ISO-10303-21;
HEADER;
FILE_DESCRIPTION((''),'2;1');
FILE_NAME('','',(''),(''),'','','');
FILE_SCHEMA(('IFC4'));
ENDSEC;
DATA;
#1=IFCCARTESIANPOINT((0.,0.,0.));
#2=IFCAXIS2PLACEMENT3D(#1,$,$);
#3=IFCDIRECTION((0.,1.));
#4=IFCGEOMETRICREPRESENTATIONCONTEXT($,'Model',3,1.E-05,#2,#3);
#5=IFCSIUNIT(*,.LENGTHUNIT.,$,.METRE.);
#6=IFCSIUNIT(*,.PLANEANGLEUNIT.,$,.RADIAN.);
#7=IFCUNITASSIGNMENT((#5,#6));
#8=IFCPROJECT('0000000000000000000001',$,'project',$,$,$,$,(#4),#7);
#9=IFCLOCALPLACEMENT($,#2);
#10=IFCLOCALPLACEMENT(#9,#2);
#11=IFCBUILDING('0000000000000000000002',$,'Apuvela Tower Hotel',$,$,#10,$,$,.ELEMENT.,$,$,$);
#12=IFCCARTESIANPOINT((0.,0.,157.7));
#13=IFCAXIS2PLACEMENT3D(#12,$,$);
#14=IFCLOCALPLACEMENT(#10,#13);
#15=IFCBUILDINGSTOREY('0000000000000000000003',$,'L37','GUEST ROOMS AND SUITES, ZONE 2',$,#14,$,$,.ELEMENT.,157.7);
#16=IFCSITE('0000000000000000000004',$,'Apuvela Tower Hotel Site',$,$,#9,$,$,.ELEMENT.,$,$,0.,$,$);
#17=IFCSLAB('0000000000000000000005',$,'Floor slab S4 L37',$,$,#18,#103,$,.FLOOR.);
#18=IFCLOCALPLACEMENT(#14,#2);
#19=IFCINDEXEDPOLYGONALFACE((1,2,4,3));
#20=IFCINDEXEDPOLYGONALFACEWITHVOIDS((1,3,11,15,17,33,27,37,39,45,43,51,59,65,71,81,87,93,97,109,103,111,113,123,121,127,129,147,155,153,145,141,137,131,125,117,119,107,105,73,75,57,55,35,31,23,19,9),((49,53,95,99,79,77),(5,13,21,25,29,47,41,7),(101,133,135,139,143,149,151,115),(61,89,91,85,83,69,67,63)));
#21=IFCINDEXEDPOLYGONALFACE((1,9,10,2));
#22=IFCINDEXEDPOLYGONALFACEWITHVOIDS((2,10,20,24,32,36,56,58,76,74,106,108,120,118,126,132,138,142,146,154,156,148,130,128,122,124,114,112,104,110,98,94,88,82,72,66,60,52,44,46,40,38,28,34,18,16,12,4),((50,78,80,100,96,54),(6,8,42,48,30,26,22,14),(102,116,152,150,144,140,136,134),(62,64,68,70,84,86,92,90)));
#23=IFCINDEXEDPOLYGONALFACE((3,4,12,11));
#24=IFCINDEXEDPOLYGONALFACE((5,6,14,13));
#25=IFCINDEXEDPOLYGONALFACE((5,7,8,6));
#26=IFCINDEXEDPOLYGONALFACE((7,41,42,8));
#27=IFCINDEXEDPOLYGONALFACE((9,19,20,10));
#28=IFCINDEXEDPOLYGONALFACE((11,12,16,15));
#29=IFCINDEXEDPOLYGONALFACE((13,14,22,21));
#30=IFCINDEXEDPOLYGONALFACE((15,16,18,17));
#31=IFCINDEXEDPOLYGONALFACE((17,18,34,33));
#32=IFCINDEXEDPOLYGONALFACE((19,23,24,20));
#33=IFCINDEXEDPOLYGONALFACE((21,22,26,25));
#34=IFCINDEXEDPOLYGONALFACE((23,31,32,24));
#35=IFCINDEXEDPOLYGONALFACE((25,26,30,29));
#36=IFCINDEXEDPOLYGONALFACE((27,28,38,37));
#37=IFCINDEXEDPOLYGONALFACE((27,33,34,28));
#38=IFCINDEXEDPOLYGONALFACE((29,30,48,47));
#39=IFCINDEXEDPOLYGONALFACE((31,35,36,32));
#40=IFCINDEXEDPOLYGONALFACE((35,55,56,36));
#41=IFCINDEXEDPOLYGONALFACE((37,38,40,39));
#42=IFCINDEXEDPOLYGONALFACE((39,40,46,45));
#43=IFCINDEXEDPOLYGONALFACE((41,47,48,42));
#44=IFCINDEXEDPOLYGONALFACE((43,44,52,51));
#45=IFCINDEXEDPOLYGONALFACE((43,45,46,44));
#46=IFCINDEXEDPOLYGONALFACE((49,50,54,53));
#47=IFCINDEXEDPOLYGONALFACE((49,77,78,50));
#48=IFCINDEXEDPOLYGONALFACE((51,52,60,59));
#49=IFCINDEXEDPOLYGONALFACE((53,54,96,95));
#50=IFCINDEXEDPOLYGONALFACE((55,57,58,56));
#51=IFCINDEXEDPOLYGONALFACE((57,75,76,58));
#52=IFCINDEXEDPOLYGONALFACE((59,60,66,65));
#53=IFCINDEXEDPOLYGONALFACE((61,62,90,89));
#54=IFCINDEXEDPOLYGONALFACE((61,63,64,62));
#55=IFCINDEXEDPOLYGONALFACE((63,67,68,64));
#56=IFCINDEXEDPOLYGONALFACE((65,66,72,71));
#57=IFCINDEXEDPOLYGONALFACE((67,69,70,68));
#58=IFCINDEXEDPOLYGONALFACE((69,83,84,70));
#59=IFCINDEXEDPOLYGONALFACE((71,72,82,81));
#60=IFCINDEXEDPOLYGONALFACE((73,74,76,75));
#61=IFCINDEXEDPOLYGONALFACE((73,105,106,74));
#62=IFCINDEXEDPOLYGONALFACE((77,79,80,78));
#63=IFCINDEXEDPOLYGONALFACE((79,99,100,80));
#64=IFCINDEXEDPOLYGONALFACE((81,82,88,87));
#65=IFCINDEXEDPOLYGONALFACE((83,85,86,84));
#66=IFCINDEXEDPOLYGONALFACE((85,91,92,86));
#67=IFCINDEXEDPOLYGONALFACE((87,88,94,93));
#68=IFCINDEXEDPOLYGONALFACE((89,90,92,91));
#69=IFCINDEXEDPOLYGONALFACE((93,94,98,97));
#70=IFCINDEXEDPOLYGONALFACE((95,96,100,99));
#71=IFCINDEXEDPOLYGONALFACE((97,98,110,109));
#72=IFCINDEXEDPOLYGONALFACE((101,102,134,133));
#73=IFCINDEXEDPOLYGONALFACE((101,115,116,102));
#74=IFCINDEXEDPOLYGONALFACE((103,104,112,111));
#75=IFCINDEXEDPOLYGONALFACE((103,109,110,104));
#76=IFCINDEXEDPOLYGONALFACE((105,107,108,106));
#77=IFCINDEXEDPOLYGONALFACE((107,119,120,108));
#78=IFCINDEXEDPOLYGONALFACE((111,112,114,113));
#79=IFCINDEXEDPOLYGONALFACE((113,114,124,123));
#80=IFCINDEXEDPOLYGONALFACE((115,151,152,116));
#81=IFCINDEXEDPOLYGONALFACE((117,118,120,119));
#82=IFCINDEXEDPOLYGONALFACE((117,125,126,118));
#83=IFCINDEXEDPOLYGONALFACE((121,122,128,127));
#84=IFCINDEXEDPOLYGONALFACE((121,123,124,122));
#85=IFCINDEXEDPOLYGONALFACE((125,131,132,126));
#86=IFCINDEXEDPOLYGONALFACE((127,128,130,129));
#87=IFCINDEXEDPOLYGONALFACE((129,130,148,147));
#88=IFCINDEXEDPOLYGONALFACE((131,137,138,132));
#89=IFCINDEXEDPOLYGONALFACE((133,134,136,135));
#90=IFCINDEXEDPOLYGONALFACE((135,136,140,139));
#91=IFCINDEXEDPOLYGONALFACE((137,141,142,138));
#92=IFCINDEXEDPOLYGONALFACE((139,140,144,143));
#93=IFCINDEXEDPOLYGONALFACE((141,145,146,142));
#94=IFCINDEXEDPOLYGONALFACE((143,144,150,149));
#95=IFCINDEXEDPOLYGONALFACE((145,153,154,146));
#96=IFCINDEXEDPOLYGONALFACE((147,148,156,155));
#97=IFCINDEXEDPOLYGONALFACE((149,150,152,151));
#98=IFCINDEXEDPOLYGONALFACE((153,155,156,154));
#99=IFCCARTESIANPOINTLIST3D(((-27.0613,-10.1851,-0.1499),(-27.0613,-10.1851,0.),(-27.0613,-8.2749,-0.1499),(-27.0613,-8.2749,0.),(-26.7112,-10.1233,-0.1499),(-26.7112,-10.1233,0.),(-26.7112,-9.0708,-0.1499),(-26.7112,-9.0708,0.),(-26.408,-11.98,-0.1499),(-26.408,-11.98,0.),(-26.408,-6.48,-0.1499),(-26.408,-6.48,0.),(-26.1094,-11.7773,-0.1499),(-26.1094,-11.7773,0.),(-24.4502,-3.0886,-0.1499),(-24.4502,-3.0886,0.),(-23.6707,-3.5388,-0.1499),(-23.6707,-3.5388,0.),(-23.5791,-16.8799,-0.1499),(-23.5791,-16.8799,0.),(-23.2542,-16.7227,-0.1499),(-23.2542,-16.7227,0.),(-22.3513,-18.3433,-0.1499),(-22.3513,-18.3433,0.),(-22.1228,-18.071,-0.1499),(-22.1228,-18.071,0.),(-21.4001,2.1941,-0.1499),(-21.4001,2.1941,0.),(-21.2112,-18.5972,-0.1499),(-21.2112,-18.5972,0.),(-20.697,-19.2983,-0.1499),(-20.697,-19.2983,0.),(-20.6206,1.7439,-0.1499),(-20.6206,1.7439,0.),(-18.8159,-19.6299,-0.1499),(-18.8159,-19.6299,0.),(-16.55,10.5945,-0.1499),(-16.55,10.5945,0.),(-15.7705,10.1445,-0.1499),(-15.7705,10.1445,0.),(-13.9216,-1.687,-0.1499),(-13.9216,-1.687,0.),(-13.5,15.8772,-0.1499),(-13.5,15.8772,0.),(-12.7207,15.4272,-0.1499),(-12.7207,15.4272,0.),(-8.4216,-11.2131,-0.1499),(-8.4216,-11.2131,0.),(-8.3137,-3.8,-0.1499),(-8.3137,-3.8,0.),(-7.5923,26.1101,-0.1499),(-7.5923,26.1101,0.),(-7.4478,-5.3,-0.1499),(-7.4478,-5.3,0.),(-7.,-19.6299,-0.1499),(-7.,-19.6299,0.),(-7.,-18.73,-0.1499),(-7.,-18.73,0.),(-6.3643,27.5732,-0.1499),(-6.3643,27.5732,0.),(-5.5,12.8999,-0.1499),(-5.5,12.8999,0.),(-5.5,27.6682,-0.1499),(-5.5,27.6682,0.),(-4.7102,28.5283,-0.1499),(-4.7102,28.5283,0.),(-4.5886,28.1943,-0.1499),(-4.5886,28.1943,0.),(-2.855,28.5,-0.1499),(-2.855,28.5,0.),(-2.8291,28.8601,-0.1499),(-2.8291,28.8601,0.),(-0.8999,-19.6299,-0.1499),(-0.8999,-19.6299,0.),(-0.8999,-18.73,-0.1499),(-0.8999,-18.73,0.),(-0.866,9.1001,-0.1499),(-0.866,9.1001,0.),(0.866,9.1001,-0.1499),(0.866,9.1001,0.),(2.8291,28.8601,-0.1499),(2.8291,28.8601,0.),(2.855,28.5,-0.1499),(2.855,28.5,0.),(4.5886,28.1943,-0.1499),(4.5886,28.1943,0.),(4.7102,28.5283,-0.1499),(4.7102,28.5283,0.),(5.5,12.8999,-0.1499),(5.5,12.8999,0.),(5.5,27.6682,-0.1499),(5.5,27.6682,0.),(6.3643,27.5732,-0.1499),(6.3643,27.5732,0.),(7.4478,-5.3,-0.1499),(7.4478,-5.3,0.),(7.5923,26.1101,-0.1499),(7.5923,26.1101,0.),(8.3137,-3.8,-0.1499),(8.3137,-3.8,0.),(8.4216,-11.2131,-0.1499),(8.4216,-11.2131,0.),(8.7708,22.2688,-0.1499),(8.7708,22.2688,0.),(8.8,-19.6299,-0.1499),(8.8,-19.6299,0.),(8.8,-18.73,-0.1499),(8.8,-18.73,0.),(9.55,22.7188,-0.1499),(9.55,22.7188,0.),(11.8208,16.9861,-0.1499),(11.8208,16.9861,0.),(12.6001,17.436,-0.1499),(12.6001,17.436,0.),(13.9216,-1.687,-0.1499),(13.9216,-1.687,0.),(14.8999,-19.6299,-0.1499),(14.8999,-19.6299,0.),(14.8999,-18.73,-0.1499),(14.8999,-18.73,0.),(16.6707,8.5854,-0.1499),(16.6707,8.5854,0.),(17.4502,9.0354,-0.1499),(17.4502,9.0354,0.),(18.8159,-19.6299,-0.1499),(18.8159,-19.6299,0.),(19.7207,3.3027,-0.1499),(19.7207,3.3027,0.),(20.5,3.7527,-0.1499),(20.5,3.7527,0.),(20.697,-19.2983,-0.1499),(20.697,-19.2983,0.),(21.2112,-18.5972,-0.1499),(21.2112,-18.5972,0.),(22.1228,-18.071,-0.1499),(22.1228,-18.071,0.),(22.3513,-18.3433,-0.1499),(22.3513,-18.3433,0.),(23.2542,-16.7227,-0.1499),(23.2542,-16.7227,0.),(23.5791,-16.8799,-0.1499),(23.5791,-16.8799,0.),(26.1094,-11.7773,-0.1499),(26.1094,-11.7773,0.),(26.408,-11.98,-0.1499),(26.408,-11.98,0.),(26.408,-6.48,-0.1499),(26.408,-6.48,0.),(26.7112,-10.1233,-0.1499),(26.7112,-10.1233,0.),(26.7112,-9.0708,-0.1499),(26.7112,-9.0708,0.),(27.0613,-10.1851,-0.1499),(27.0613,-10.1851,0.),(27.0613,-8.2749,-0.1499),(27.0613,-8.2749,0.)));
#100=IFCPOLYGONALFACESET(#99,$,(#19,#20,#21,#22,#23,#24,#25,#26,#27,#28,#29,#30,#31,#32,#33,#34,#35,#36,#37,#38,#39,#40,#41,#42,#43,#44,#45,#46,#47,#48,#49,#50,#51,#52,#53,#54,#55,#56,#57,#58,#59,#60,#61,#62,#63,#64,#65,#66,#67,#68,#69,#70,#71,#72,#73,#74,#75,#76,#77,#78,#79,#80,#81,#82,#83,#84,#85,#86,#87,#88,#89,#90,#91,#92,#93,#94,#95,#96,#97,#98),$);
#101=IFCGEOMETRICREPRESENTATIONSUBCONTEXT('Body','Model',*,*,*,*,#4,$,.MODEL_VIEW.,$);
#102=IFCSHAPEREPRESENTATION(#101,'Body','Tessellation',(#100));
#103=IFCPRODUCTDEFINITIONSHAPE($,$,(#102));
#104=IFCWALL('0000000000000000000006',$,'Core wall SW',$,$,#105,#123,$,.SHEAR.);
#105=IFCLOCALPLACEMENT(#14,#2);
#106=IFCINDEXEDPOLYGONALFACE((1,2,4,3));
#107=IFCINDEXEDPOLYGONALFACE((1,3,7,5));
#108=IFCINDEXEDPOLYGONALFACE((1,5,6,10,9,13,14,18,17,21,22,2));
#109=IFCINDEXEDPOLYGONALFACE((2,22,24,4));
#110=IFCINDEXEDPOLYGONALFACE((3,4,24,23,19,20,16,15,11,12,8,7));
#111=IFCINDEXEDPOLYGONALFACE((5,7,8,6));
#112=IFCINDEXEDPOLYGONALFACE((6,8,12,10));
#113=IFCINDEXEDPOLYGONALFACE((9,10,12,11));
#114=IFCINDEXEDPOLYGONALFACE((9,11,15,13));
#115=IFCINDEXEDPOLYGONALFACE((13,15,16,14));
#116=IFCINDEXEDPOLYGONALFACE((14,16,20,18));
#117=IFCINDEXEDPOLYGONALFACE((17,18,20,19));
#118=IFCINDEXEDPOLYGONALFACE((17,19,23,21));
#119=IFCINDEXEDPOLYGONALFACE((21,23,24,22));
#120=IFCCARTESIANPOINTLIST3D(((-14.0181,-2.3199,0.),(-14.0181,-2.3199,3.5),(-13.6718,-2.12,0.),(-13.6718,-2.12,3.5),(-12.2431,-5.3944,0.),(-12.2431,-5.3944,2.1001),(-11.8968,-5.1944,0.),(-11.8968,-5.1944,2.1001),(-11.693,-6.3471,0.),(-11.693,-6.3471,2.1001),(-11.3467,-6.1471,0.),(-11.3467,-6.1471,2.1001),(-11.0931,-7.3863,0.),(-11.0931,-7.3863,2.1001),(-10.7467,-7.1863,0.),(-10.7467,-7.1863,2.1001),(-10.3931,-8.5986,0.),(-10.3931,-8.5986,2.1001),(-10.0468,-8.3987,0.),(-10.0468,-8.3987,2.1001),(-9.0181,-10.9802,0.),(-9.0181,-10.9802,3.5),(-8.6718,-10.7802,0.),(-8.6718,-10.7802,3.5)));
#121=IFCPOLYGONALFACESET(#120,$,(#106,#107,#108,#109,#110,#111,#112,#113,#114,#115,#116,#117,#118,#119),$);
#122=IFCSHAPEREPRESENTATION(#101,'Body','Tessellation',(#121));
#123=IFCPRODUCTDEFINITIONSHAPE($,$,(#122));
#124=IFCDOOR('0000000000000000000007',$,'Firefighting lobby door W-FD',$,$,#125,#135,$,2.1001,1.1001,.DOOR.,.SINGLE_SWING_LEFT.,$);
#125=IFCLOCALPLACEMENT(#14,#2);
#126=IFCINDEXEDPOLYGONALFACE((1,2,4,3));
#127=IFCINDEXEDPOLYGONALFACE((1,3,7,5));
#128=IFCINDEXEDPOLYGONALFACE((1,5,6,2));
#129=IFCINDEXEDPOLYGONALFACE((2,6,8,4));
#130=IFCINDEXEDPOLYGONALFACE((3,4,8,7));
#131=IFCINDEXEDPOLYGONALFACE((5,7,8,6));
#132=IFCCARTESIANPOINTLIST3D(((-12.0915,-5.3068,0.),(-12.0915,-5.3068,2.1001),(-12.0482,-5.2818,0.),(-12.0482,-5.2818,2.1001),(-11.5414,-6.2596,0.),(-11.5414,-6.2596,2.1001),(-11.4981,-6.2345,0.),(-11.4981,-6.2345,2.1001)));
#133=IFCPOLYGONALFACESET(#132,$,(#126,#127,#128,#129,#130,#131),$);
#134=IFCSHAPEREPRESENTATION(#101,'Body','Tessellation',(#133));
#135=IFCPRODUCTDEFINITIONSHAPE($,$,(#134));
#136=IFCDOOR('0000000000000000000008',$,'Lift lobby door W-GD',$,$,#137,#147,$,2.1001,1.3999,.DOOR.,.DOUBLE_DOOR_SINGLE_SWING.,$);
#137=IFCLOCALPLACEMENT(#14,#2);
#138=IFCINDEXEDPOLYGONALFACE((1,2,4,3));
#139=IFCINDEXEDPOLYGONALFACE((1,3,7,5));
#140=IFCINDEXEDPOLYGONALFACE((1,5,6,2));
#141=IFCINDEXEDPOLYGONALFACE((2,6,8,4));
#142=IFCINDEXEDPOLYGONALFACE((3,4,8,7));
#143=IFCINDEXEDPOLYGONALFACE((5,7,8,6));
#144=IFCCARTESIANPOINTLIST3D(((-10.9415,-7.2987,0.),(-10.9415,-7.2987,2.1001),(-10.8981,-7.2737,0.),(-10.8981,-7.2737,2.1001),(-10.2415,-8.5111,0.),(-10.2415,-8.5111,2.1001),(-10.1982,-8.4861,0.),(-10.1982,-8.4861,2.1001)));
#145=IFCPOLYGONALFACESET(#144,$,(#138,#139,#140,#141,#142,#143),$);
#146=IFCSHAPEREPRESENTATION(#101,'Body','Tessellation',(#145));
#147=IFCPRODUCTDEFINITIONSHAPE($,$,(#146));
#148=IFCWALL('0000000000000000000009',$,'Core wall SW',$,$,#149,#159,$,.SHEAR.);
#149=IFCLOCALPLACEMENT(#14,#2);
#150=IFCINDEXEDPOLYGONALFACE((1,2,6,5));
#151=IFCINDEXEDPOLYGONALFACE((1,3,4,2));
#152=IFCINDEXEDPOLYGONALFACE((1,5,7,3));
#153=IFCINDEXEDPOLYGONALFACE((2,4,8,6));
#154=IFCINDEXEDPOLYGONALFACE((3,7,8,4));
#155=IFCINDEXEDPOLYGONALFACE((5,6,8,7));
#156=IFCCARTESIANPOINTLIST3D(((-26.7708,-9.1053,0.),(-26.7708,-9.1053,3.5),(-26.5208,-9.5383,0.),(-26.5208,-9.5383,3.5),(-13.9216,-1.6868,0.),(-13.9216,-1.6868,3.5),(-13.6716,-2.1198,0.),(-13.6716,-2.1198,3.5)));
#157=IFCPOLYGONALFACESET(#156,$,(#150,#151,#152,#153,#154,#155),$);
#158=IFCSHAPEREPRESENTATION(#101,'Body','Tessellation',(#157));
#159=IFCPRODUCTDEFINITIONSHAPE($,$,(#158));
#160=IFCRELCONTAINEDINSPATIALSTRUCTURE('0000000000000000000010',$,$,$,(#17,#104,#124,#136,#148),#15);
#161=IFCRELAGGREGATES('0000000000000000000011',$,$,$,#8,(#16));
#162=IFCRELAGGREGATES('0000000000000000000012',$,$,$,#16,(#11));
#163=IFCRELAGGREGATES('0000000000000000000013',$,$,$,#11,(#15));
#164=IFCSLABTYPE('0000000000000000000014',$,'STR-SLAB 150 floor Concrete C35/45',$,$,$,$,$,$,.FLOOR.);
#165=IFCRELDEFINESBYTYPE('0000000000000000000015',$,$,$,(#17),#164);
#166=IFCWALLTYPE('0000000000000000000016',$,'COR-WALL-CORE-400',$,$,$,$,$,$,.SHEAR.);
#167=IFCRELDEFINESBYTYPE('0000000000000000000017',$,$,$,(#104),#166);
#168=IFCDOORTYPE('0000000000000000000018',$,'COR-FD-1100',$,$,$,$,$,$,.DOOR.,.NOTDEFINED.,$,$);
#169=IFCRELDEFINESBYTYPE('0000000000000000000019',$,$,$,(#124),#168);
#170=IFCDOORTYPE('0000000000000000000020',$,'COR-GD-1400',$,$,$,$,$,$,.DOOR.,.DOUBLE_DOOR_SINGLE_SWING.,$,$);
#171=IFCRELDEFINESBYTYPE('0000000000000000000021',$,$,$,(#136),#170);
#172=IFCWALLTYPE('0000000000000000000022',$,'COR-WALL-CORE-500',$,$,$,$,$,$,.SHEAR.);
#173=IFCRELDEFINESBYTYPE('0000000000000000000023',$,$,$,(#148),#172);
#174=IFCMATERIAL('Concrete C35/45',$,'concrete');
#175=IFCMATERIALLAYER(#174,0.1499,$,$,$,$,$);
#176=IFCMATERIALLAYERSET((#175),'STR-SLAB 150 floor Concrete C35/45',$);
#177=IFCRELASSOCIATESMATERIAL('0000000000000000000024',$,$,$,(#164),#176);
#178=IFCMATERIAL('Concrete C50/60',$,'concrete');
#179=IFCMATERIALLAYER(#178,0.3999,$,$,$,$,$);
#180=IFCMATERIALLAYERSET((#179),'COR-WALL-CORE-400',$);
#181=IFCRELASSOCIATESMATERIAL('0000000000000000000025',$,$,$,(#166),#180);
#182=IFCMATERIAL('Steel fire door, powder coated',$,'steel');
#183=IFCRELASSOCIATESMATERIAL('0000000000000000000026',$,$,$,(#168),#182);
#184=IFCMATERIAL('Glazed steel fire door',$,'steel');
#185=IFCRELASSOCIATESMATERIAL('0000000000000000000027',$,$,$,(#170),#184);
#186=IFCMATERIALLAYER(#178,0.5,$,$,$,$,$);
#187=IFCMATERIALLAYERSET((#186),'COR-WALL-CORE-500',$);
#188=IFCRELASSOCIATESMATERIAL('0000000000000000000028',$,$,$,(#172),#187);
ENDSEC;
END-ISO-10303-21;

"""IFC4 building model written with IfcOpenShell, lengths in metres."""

from ifc_helpers import new_model, si_unit, direction, frame, frame_2d, origin, place, context, subcontext, project, spatial, polyline, rectangle, outline, extrude, material, layer, layer_set, type_object, element, fill, save


model = new_model("IFC4")

# Units and contexts
model_context = context("Model", 3, precision=1e-05, world=origin(), true_north=direction((0.0, 1.0)))
body_context = subcontext(model_context, "Body", "Model", "MODEL_VIEW")
ifc_project = project(units=[si_unit("LENGTHUNIT", "METRE"), si_unit("PLANEANGLEUNIT", "RADIAN")], contexts=[model_context])

# Site, building, storey
site_placement = place(None, origin())
site = spatial("IfcSite", under=ifc_project, at=site_placement, Name="Apuvela Tower Hotel Site", CompositionType="ELEMENT", RefElevation=0.0)
building_placement = place(site_placement, origin())
building = spatial("IfcBuilding", under=site, at=building_placement, Name="Apuvela Tower Hotel", CompositionType="ELEMENT")
storey_placement = place(building_placement, frame((0.0, 0.0, 157.7)))
storey = spatial("IfcBuildingStorey", under=building, at=storey_placement, Name="L37", Description="GUEST ROOMS AND SUITES, ZONE 2", CompositionType="ELEMENT", Elevation=157.7)

# Slab
ifc_material_1 = material(Name="Concrete C50/60", Category="concrete")
ifc_material_2 = material(Name="Concrete C35/45", Category="concrete")
ifc_layer_1 = layer(ifc_material_2, 0.1499)
ifc_layer_set_1 = layer_set([ifc_layer_1], Name="STR-SLAB 150 floor Concrete C35/45")
slab_type_1 = type_object("IfcSlabType", Name="STR-SLAB 150 floor Concrete C35/45", PredefinedType="FLOOR", material=ifc_layer_set_1)
slab_1_placement = place(storey_placement, frame((0.0, 0.0, -0.1499)))
element("IfcSlab", 1, at=slab_1_placement, inside=storey, type_object=slab_type_1, Name="Floor slab S4 L37", PredefinedType="FLOOR", context=body_context, shape_type="SweptSolid", body=[
    extrude(outline(polyline([(-6.3643, 27.5732), (-4.7102, 28.5283), (-2.8291, 28.8601), (2.8291, 28.8601), (4.7102, 28.5283), (6.3643, 27.5732), (7.5923, 26.1101), (9.55, 22.7188), (8.7708, 22.2688), (11.8208, 16.9861), (12.6001, 17.436), (17.4502, 9.0354), (16.6707, 8.5854), (19.7207, 3.3027), (20.5, 3.7527), (26.408, -6.48), (27.0613, -8.2749), (27.0613, -10.1851), (26.408, -11.98), (23.5791, -16.8799), (22.3513, -18.3433), (20.697, -19.2983), (18.8159, -19.6299), (14.8999, -19.6299), (14.8999, -18.73), (8.8, -18.73), (8.8, -19.6299), (-0.8999, -19.6299), (-0.8999, -18.73), (-7.0, -18.73), (-7.0, -19.6299), (-18.8159, -19.6299), (-20.697, -19.2983), (-22.3513, -18.3433), (-23.5791, -16.8799), (-26.408, -11.98), (-27.0613, -10.1851), (-27.0613, -8.2749), (-26.408, -6.48), (-24.4502, -3.0886), (-23.6707, -3.5388), (-20.6206, 1.7439), (-21.4001, 2.1941), (-16.55, 10.5945), (-15.7705, 10.1445), (-12.7207, 15.4272), (-13.5, 15.8772), (-7.5923, 26.1101), (-6.3643, 27.5732)]), holes=[polyline([(0.866, 9.1001), (-0.866, 9.1001), (-8.3137, -3.8), (-7.4478, -5.3), (7.4478, -5.3), (8.3137, -3.8), (0.866, 9.1001)]), polyline([(-5.5, 12.8999), (-5.5, 27.6682), (-4.5886, 28.1943), (-2.855, 28.5), (2.855, 28.5), (4.5886, 28.1943), (5.5, 27.6682), (5.5, 12.8999), (-5.5, 12.8999)]), polyline([(-8.4216, -11.2131), (-21.2112, -18.5972), (-22.1228, -18.071), (-23.2542, -16.7227), (-26.1094, -11.7773), (-26.7112, -10.1233), (-26.7112, -9.0708), (-13.9216, -1.687), (-8.4216, -11.2131)]), polyline([(13.9216, -1.687), (26.7112, -9.0708), (26.7112, -10.1233), (26.1094, -11.7773), (23.2542, -16.7227), (22.1228, -18.071), (21.2112, -18.5972), (8.4216, -11.2131), (13.9216, -1.687)])]), origin(), (0.0, 0.0, 1.0), 0.1499),
])

# Wall, openings, doors
ifc_layer_2 = layer(ifc_material_1, 0.3999)
ifc_layer_set_2 = layer_set([ifc_layer_2], Name="COR-WALL-CORE-400")
wall_type_1 = type_object("IfcWallType", Name="COR-WALL-CORE-400", PredefinedType="SHEAR", material=ifc_layer_set_2)
wall_1_placement = place(storey_placement, frame((-13.845, -2.22, 0.0), z_axis=(0.0, 0.0, 1.0), x_axis=(0.500004, -0.866023, 0.0)))
wall_1 = element("IfcWall", 2, at=wall_1_placement, inside=storey, type_object=wall_type_1, Name="Core wall SW", PredefinedType="SHEAR", context=body_context, shape_type="SweptSolid", body=[
    extrude(rectangle(XDim=10.0, YDim=0.3999, at=frame_2d((5.0, 0.0))), origin(), (0.0, 0.0, 1.0), 3.5),
])
opening_1_placement = place(wall_1_placement, frame((3.55, 0.0, 0.0)))
opening_1 = element("IfcOpeningElement", 3, at=opening_1_placement, cuts=wall_1, PredefinedType="OPENING", context=body_context, shape_type="SweptSolid", body=[
    extrude(rectangle(XDim=1.1001, YDim=2.1001, at=frame_2d((0.55, 1.05))), frame((0.0, 0.21, 0.0), z_axis=(0.0, -1.0, 0.0), x_axis=(1.0, 0.0, 0.0)), (0.0, 0.0, 1.0), 0.4199),
])
opening_2_placement = place(wall_1_placement, frame((5.8501, 0.0, 0.0)))
opening_2 = element("IfcOpeningElement", 4, at=opening_2_placement, cuts=wall_1, PredefinedType="OPENING", context=body_context, shape_type="SweptSolid", body=[
    extrude(rectangle(XDim=1.3999, YDim=2.1001, at=frame_2d((0.7, 1.05))), frame((0.0, 0.21, 0.0), z_axis=(0.0, -1.0, 0.0), x_axis=(1.0, 0.0, 0.0)), (0.0, 0.0, 1.0), 0.4199),
])
ifc_material_3 = material(Name="Steel fire door, powder coated", Category="steel")
door_type_1 = type_object("IfcDoorType", Name="COR-FD-1100", OperationType="NOTDEFINED", PredefinedType="DOOR", material=ifc_material_3)
door_1_placement = place(opening_1_placement, frame((1.1001, 0.0, 0.0), z_axis=(0.0, 0.0, 1.0), x_axis=(-1.0, 0.0, 0.0)))
door_1 = element("IfcDoor", 5, at=door_1_placement, inside=storey, type_object=door_type_1, Name="Firefighting lobby door W-FD", OperationType="SINGLE_SWING_LEFT", OverallHeight=2.1001, OverallWidth=1.1001, PredefinedType="DOOR", context=body_context, shape_type="SweptSolid", body=[
    extrude(rectangle(XDim=1.1001, YDim=2.1001, at=frame_2d((0.55, 1.05))), frame((0.0, 0.0249, 0.0), z_axis=(0.0, -1.0, 0.0), x_axis=(1.0, 0.0, 0.0)), (0.0, 0.0, 1.0), 0.05),
])
fill(opening_1, door_1)
ifc_material_4 = material(Name="Glazed steel fire door", Category="steel")
door_type_2 = type_object("IfcDoorType", Name="COR-GD-1400", OperationType="DOUBLE_DOOR_SINGLE_SWING", PredefinedType="DOOR", material=ifc_material_4)
door_2_placement = place(opening_2_placement, frame((1.3999, 0.0, 0.0), z_axis=(0.0, 0.0, 1.0), x_axis=(-1.0, 0.0, 0.0)))
door_2 = element("IfcDoor", 6, at=door_2_placement, inside=storey, type_object=door_type_2, Name="Lift lobby door W-GD", OperationType="DOUBLE_DOOR_SINGLE_SWING", OverallHeight=2.1001, OverallWidth=1.3999, PredefinedType="DOOR", context=body_context, shape_type="SweptSolid", body=[
    extrude(rectangle(XDim=1.3999, YDim=2.1001, at=frame_2d((0.7, 1.05))), frame((0.0, 0.0249, 0.0), z_axis=(0.0, -1.0, 0.0), x_axis=(1.0, 0.0, 0.0)), (0.0, 0.0, 1.0), 0.05),
])
fill(opening_2, door_2)

# Wall
ifc_layer_3 = layer(ifc_material_1, 0.5)
ifc_layer_set_3 = layer_set([ifc_layer_3], Name="COR-WALL-CORE-500")
wall_type_2 = type_object("IfcWallType", Name="COR-WALL-CORE-500", PredefinedType="SHEAR", material=ifc_layer_set_3)
wall_2_placement = place(storey_placement, frame((-13.7966, -1.9033, 0.0), z_axis=(0.0, 0.0, 1.0), x_axis=(-0.866025, -0.500001, 0.0)))
element("IfcWall", 7, at=wall_2_placement, inside=storey, type_object=wall_type_2, Name="Core wall SW", PredefinedType="SHEAR", context=body_context, shape_type="SweptSolid", body=[
    extrude(rectangle(XDim=14.8369, YDim=0.5, at=frame_2d((7.4185, 0.0))), origin(), (0.0, 0.0, 1.0), 3.5),
])

save(model, "model.ifc")
